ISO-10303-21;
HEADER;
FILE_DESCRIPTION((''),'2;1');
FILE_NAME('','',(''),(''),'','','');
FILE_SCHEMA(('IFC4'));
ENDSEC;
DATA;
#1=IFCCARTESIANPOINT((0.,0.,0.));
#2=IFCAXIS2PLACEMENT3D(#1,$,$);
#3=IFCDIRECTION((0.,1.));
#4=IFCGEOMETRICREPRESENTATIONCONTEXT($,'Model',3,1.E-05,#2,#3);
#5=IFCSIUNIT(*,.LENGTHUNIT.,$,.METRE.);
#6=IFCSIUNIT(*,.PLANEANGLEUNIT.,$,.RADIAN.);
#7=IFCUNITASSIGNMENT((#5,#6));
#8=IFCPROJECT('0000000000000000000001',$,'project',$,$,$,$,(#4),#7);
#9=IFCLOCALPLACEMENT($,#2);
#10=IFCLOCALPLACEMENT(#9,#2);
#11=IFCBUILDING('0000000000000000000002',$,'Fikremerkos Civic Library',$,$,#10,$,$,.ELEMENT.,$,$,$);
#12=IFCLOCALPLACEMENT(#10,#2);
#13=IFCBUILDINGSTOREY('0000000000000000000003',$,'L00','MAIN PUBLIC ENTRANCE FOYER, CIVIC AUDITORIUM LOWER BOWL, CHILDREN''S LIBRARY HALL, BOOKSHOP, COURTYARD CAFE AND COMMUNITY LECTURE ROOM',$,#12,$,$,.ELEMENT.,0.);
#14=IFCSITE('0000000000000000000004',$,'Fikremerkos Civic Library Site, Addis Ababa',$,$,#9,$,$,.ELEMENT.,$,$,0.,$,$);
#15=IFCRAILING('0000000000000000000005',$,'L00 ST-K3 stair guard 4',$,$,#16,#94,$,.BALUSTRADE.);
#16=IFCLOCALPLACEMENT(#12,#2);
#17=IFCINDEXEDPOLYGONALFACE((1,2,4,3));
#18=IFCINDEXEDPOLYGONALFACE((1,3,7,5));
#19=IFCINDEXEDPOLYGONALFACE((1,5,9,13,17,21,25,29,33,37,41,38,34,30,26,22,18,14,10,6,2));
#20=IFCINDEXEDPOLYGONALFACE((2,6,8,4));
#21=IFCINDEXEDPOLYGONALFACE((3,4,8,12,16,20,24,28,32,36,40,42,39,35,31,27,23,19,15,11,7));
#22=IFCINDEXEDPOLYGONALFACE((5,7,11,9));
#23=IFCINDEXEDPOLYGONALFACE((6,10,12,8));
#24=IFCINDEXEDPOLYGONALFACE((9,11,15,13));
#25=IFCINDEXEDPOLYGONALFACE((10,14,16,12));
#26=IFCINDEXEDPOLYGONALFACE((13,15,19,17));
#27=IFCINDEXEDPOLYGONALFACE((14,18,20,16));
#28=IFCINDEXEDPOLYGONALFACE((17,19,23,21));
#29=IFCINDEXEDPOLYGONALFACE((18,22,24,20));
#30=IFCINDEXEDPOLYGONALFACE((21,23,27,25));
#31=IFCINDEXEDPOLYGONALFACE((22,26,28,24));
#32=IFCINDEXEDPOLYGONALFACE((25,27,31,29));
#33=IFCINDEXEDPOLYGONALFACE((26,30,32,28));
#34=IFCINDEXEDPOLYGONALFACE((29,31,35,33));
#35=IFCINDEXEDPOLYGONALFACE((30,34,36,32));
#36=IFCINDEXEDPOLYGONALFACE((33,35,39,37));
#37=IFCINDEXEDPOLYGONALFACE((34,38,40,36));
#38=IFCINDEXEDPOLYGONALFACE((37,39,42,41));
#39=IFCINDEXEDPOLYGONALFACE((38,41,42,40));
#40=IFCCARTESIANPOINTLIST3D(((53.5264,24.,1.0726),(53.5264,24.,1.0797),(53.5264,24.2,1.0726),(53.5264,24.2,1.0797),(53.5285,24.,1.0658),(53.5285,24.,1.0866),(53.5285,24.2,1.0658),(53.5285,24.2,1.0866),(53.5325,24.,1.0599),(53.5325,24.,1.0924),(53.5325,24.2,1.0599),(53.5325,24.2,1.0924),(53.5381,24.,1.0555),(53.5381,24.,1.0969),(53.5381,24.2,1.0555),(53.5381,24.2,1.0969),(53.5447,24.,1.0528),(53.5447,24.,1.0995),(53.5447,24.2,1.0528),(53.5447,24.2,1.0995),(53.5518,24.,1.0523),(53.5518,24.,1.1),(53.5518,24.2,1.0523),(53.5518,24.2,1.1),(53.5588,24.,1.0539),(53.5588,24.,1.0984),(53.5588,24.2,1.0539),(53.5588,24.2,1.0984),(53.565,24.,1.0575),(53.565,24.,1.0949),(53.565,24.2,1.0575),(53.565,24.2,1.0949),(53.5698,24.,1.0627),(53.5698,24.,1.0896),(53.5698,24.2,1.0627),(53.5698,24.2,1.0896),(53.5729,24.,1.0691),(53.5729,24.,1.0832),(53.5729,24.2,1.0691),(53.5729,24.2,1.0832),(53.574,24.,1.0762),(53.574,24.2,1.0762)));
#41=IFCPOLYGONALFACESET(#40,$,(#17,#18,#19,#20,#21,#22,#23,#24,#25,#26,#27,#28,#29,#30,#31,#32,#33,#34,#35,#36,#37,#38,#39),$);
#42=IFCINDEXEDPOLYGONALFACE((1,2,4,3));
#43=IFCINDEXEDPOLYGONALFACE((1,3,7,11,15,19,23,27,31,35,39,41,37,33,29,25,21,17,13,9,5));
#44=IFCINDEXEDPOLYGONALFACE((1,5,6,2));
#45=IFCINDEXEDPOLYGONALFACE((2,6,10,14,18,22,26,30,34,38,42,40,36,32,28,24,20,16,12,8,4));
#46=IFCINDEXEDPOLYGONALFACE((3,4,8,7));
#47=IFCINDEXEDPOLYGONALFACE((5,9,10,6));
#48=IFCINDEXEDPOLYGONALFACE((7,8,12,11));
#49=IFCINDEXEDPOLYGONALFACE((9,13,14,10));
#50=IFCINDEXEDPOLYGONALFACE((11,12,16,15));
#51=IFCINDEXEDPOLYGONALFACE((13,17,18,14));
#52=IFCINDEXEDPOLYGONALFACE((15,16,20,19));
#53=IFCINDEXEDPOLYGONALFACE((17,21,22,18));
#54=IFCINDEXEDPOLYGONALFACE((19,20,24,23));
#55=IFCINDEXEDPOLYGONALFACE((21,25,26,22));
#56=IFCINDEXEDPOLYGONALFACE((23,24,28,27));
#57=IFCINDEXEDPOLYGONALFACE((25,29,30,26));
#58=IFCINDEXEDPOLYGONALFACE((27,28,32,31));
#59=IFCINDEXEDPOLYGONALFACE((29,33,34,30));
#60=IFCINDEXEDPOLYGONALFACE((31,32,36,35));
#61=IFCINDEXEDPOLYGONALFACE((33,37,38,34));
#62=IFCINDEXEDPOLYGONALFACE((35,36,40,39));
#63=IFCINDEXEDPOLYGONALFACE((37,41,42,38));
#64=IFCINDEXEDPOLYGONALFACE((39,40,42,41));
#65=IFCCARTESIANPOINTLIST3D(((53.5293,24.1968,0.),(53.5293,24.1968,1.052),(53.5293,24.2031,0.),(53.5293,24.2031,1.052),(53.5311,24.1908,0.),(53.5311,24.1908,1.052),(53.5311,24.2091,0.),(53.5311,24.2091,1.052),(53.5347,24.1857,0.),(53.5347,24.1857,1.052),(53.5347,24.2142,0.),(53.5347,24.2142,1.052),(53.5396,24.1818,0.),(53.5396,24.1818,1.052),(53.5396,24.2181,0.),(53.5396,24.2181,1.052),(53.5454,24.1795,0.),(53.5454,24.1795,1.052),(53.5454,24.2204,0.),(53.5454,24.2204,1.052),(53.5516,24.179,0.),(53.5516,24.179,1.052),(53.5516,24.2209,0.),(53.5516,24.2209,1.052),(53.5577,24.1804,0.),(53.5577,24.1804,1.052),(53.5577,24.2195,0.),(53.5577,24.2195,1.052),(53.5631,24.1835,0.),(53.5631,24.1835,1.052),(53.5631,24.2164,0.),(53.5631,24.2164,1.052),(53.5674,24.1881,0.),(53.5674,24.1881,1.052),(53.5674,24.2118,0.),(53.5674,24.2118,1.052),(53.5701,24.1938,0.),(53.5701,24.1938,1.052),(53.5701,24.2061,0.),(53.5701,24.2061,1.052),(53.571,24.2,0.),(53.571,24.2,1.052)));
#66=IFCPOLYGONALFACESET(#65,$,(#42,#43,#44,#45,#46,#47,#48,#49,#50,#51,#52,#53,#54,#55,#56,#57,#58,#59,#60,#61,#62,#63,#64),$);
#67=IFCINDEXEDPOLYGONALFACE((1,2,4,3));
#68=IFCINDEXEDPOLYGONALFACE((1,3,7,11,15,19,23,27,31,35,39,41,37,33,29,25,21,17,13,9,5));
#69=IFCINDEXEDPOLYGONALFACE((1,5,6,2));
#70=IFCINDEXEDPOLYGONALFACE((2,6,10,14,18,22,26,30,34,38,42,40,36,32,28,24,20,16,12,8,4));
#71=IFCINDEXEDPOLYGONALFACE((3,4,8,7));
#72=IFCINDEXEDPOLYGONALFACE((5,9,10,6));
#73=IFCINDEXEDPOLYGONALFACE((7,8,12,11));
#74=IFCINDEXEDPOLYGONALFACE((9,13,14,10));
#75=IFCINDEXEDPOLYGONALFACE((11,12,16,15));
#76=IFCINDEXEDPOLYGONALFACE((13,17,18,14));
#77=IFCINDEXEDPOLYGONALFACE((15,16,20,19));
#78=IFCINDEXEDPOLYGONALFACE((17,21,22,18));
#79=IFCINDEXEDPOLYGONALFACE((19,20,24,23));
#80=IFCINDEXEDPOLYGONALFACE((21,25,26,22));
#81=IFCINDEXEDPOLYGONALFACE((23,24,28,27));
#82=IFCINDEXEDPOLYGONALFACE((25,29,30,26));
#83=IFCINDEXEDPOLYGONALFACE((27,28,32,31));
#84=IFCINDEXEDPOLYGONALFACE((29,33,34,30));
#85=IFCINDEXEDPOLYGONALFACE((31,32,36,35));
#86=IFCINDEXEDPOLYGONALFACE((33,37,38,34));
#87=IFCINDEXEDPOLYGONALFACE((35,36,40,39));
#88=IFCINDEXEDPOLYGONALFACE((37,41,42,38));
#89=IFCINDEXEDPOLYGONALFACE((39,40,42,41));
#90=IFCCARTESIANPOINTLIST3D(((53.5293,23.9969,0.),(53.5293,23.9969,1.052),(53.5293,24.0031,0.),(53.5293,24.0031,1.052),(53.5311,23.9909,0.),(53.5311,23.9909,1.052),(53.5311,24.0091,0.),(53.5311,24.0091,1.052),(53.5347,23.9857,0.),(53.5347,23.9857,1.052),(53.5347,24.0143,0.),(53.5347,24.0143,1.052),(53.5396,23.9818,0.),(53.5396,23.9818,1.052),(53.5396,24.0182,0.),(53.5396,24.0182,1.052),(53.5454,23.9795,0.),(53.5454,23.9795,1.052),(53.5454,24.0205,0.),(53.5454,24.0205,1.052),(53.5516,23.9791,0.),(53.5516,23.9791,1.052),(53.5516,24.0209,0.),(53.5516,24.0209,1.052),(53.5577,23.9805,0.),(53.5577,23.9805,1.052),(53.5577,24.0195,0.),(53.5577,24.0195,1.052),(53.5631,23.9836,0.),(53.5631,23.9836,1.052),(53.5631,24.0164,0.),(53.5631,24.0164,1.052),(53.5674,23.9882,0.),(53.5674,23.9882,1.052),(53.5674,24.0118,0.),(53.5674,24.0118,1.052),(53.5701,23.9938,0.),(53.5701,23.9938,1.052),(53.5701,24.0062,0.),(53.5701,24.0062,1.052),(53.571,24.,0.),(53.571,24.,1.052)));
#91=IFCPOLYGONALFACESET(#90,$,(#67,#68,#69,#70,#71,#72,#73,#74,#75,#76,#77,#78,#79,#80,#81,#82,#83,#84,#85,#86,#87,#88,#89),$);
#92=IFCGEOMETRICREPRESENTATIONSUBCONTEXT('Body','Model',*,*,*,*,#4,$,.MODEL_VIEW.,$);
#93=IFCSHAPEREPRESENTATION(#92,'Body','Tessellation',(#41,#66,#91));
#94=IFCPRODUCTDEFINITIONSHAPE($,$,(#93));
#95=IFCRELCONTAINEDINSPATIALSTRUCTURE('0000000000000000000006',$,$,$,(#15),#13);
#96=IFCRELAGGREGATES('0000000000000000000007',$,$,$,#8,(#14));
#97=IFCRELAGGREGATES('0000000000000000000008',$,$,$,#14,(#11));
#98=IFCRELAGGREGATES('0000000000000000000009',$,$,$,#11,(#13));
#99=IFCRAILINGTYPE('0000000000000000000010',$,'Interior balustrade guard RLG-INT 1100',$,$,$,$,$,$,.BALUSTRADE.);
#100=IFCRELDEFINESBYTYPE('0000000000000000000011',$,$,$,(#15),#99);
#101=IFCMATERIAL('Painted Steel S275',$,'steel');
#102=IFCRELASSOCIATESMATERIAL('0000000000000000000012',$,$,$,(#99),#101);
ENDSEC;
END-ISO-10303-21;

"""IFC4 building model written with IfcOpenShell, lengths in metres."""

from ifc_helpers import new_model, si_unit, direction, frame, origin, origin_2d, place, context, subcontext, project, spatial, circle, extrude, material, type_object, element, save


model = new_model("IFC4")

# Units and contexts
model_context = context("Model", 3, precision=1e-05, world=origin(), true_north=direction((0.0, 1.0)))
body_context = subcontext(model_context, "Body", "Model", "MODEL_VIEW")
ifc_project = project(units=[si_unit("LENGTHUNIT", "METRE"), si_unit("PLANEANGLEUNIT", "RADIAN")], contexts=[model_context])

# Site, building, storey
site_placement = place(None, origin())
site = spatial("IfcSite", under=ifc_project, at=site_placement, Name="Fikremerkos Civic Library Site, Addis Ababa", CompositionType="ELEMENT", RefElevation=0.0)
building_placement = place(site_placement, origin())
building = spatial("IfcBuilding", under=site, at=building_placement, Name="Fikremerkos Civic Library", CompositionType="ELEMENT")
storey_placement = place(building_placement, origin())
storey = spatial("IfcBuildingStorey", under=building, at=storey_placement, Name="L00", Description="MAIN PUBLIC ENTRANCE FOYER, CIVIC AUDITORIUM LOWER BOWL, CHILDREN'S LIBRARY HALL, BOOKSHOP, COURTYARD CAFE AND COMMUNITY LECTURE ROOM", CompositionType="ELEMENT", Elevation=0.0)

# Railing
ifc_material_1 = material(Name="Painted Steel S275", Category="steel")
railing_type_1 = type_object("IfcRailingType", Name="Interior balustrade guard RLG-INT 1100", PredefinedType="BALUSTRADE", material=ifc_material_1)
railing_1_placement = place(storey_placement, frame((53.55, 24.2, 0.0)))
element("IfcRailing", 1, at=railing_1_placement, inside=storey, type_object=railing_type_1, Name="L00 ST-K3 stair guard 4", PredefinedType="BALUSTRADE", context=body_context, shape_type="SweptSolid", body=[
    extrude(circle(Radius=0.0239, at=origin_2d()), frame((0.0, 0.0, 1.0762), z_axis=(0.0, -1.0, 0.0), x_axis=(1.0, 0.0, 0.0)), (0.0, 0.0, 1.0), 0.2),
    extrude(circle(Radius=0.021, at=origin_2d()), origin(), (0.0, 0.0, 1.0), 1.052),
    extrude(circle(Radius=0.021, at=origin_2d()), frame((0.0, -0.2, 0.0)), (0.0, 0.0, 1.0), 1.052),
])

save(model, "model.ifc")
